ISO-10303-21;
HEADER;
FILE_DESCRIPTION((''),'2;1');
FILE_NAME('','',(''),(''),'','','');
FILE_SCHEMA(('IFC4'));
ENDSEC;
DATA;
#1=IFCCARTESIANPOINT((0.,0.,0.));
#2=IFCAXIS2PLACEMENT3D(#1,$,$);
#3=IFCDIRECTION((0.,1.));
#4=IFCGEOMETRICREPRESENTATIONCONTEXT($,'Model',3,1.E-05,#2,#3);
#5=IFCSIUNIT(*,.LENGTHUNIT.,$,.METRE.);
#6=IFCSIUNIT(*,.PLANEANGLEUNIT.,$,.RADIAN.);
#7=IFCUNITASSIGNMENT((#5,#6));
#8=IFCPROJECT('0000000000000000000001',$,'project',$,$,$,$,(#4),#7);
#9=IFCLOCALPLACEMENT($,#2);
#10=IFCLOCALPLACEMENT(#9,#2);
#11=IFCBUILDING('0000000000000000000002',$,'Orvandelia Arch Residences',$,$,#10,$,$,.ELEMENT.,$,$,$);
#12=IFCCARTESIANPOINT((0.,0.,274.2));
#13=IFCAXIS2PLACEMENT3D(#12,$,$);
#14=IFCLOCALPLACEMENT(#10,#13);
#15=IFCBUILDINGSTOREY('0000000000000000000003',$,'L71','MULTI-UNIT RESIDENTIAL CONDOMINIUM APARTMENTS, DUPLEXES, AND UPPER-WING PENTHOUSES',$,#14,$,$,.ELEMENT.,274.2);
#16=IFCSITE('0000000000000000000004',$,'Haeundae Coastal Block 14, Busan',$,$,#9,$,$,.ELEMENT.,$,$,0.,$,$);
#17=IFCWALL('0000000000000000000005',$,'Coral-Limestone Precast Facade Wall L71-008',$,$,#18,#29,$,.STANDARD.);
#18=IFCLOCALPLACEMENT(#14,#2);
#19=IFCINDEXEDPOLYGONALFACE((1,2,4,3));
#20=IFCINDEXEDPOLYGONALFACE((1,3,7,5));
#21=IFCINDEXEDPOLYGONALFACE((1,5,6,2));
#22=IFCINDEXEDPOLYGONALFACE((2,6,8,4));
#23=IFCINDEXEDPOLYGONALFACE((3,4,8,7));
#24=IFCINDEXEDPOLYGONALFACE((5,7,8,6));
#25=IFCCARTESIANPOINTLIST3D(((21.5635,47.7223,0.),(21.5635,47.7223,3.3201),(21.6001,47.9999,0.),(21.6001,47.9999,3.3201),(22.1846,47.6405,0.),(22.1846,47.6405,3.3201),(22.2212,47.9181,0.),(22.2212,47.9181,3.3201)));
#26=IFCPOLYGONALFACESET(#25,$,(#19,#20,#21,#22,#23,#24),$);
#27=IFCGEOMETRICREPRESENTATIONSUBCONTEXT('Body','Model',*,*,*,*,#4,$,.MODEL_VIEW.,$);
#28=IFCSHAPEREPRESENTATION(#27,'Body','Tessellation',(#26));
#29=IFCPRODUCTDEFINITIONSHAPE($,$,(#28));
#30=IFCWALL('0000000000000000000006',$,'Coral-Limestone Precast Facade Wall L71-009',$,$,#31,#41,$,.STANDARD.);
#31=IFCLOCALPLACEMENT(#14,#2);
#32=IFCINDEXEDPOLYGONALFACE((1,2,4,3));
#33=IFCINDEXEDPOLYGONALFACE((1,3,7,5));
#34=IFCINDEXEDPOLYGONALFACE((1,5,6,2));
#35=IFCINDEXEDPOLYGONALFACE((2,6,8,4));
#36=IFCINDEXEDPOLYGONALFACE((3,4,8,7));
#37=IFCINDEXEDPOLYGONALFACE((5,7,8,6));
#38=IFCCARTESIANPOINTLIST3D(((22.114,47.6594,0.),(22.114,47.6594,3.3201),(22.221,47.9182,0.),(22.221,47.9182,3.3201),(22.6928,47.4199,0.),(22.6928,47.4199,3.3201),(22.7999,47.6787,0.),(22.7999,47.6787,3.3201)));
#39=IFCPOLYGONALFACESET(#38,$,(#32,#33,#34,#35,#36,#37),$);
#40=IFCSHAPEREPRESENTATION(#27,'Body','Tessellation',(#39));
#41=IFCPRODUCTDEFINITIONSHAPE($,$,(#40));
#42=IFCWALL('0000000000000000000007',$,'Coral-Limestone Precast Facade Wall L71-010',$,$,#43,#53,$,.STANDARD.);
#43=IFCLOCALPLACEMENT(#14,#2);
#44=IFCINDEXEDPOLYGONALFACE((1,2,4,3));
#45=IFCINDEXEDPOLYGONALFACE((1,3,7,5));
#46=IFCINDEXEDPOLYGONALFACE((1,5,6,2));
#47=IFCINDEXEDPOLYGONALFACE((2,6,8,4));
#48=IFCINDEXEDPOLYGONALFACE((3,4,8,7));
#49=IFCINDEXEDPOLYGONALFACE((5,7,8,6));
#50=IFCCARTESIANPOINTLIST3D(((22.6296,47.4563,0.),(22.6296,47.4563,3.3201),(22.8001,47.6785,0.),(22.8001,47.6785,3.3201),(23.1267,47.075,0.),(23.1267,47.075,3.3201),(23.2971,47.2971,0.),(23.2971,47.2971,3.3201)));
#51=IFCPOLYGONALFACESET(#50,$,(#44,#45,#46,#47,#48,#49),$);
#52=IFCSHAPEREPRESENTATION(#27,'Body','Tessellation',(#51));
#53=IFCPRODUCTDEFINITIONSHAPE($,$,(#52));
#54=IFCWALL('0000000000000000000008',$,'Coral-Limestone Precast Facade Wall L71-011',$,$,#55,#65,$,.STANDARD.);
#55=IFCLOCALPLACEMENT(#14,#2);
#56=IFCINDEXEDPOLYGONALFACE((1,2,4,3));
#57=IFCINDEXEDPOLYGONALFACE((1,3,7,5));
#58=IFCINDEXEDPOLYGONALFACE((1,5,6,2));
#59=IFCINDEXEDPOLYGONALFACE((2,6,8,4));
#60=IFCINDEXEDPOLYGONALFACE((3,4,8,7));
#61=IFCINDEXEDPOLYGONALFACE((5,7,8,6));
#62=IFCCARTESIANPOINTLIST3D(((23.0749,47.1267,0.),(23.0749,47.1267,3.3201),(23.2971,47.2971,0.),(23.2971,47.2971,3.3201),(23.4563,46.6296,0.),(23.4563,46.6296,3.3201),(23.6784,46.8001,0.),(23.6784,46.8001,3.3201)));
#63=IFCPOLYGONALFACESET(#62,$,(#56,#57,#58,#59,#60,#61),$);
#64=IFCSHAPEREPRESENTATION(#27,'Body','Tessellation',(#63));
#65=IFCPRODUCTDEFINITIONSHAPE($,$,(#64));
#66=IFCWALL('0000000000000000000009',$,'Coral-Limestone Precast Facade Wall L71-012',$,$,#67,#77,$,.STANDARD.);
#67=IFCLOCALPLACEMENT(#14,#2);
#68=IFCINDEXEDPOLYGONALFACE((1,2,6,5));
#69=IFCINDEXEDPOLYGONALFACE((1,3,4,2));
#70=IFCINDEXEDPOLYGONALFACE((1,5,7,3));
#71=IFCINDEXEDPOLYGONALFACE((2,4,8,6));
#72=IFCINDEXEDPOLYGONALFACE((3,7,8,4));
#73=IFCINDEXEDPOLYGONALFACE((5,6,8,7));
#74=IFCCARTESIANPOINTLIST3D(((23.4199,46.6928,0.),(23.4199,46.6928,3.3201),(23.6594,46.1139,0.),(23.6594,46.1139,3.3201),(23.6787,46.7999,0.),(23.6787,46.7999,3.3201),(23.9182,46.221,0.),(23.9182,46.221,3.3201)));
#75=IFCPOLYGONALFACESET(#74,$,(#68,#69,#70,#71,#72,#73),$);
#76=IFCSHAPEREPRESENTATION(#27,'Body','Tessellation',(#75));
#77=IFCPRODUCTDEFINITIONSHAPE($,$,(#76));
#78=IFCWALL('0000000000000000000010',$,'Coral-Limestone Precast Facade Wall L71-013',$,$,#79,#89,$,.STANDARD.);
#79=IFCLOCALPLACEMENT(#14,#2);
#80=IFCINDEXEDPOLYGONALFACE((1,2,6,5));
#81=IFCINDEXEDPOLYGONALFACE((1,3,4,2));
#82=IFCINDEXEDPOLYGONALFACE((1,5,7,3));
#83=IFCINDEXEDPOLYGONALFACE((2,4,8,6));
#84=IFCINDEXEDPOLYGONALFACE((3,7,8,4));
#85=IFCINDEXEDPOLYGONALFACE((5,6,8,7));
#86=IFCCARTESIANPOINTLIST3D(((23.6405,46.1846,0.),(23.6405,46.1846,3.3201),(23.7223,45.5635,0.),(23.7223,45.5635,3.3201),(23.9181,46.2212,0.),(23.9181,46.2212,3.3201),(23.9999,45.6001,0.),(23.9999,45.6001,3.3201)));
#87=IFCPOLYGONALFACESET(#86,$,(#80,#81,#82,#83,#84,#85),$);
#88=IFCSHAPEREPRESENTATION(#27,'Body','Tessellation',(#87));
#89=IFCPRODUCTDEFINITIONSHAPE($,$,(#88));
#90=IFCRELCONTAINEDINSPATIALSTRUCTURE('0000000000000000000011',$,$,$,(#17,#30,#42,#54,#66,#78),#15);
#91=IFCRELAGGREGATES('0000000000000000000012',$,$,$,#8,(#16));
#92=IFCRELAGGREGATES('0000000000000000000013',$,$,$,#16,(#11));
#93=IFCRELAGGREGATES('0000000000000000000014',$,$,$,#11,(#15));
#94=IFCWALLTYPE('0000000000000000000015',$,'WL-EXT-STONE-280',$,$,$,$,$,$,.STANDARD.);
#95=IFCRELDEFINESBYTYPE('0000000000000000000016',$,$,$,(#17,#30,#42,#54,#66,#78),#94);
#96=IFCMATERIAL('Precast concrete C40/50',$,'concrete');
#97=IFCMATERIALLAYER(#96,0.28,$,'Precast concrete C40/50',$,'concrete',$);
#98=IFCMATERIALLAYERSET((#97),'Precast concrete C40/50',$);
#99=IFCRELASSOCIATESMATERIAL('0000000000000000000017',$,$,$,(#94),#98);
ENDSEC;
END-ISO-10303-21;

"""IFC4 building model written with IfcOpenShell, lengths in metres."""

from ifc_helpers import new_model, si_unit, direction, frame, frame_2d, origin, place, context, subcontext, project, spatial, rectangle, extrude, material, layer, layer_set, type_object, element, save


model = new_model("IFC4")

# Units and contexts
model_context = context("Model", 3, precision=1e-05, world=origin(), true_north=direction((0.0, 1.0)))
body_context = subcontext(model_context, "Body", "Model", "MODEL_VIEW")
ifc_project = project(units=[si_unit("LENGTHUNIT", "METRE"), si_unit("PLANEANGLEUNIT", "RADIAN")], contexts=[model_context])

# Site, building, storey
site_placement = place(None, origin())
site = spatial("IfcSite", under=ifc_project, at=site_placement, Name="Haeundae Coastal Block 14, Busan", CompositionType="ELEMENT", RefElevation=0.0)
building_placement = place(site_placement, origin())
building = spatial("IfcBuilding", under=site, at=building_placement, Name="Orvandelia Arch Residences", CompositionType="ELEMENT")
storey_placement = place(building_placement, frame((0.0, 0.0, 274.2)))
storey = spatial("IfcBuildingStorey", under=building, at=storey_placement, Name="L71", Description="MULTI-UNIT RESIDENTIAL CONDOMINIUM APARTMENTS, DUPLEXES, AND UPPER-WING PENTHOUSES", CompositionType="ELEMENT", Elevation=274.2)

# Walls
ifc_material_1 = material(Name="Precast concrete C40/50", Category="concrete")
ifc_layer_1 = layer(ifc_material_1, 0.28, Name="Precast concrete C40/50", Category="concrete")
ifc_layer_set_1 = layer_set([ifc_layer_1], Name="Precast concrete C40/50")
wall_type_1 = type_object("IfcWallType", Name="WL-EXT-STONE-280", PredefinedType="STANDARD", material=ifc_layer_set_1)
for number, where, z_axis, x_axis, name in (
    (1, (21.5818, 47.8611, 0.0), (0.0, 0.0, 1.0), (0.991441, -0.130555, 0.0), "Coral-Limestone Precast Facade Wall L71-008"),
    (2, (22.1675, 47.7888, 0.0), (0.0, 0.0, 1.0), (0.924031, -0.382317, 0.0), "Coral-Limestone Precast Facade Wall L71-009"),
    (3, (22.7148, 47.5674, 0.0), (0.0, 0.0, 1.0), (0.793406, -0.608693, 0.0), "Coral-Limestone Precast Facade Wall L71-010"),
    (4, (23.186, 47.2119, 0.0), (0.0, 0.0, 1.0), (0.608693, -0.793406, 0.0), "Coral-Limestone Precast Facade Wall L71-011"),
    (5, (23.5493, 46.7463, 0.0), (0.0, 0.0, 1.0), (0.382317, -0.924031, 0.0), "Coral-Limestone Precast Facade Wall L71-012"),
    (6, (23.7793, 46.2029, 0.0), (0.0, 0.0, 1.0), (0.130555, -0.991441, 0.0), "Coral-Limestone Precast Facade Wall L71-013"),
):
    element("IfcWall", number, at=place(storey_placement, frame(where, z_axis=z_axis, x_axis=x_axis)), inside=storey, type_object=wall_type_1, Name=name, PredefinedType="STANDARD", context=body_context, shape_type="SweptSolid", body=[
        extrude(rectangle(XDim=0.6265, YDim=0.28, at=frame_2d((0.3132, 0.0))), origin(), (0.0, 0.0, 1.0), 3.3201),
    ])

save(model, "model.ifc")
